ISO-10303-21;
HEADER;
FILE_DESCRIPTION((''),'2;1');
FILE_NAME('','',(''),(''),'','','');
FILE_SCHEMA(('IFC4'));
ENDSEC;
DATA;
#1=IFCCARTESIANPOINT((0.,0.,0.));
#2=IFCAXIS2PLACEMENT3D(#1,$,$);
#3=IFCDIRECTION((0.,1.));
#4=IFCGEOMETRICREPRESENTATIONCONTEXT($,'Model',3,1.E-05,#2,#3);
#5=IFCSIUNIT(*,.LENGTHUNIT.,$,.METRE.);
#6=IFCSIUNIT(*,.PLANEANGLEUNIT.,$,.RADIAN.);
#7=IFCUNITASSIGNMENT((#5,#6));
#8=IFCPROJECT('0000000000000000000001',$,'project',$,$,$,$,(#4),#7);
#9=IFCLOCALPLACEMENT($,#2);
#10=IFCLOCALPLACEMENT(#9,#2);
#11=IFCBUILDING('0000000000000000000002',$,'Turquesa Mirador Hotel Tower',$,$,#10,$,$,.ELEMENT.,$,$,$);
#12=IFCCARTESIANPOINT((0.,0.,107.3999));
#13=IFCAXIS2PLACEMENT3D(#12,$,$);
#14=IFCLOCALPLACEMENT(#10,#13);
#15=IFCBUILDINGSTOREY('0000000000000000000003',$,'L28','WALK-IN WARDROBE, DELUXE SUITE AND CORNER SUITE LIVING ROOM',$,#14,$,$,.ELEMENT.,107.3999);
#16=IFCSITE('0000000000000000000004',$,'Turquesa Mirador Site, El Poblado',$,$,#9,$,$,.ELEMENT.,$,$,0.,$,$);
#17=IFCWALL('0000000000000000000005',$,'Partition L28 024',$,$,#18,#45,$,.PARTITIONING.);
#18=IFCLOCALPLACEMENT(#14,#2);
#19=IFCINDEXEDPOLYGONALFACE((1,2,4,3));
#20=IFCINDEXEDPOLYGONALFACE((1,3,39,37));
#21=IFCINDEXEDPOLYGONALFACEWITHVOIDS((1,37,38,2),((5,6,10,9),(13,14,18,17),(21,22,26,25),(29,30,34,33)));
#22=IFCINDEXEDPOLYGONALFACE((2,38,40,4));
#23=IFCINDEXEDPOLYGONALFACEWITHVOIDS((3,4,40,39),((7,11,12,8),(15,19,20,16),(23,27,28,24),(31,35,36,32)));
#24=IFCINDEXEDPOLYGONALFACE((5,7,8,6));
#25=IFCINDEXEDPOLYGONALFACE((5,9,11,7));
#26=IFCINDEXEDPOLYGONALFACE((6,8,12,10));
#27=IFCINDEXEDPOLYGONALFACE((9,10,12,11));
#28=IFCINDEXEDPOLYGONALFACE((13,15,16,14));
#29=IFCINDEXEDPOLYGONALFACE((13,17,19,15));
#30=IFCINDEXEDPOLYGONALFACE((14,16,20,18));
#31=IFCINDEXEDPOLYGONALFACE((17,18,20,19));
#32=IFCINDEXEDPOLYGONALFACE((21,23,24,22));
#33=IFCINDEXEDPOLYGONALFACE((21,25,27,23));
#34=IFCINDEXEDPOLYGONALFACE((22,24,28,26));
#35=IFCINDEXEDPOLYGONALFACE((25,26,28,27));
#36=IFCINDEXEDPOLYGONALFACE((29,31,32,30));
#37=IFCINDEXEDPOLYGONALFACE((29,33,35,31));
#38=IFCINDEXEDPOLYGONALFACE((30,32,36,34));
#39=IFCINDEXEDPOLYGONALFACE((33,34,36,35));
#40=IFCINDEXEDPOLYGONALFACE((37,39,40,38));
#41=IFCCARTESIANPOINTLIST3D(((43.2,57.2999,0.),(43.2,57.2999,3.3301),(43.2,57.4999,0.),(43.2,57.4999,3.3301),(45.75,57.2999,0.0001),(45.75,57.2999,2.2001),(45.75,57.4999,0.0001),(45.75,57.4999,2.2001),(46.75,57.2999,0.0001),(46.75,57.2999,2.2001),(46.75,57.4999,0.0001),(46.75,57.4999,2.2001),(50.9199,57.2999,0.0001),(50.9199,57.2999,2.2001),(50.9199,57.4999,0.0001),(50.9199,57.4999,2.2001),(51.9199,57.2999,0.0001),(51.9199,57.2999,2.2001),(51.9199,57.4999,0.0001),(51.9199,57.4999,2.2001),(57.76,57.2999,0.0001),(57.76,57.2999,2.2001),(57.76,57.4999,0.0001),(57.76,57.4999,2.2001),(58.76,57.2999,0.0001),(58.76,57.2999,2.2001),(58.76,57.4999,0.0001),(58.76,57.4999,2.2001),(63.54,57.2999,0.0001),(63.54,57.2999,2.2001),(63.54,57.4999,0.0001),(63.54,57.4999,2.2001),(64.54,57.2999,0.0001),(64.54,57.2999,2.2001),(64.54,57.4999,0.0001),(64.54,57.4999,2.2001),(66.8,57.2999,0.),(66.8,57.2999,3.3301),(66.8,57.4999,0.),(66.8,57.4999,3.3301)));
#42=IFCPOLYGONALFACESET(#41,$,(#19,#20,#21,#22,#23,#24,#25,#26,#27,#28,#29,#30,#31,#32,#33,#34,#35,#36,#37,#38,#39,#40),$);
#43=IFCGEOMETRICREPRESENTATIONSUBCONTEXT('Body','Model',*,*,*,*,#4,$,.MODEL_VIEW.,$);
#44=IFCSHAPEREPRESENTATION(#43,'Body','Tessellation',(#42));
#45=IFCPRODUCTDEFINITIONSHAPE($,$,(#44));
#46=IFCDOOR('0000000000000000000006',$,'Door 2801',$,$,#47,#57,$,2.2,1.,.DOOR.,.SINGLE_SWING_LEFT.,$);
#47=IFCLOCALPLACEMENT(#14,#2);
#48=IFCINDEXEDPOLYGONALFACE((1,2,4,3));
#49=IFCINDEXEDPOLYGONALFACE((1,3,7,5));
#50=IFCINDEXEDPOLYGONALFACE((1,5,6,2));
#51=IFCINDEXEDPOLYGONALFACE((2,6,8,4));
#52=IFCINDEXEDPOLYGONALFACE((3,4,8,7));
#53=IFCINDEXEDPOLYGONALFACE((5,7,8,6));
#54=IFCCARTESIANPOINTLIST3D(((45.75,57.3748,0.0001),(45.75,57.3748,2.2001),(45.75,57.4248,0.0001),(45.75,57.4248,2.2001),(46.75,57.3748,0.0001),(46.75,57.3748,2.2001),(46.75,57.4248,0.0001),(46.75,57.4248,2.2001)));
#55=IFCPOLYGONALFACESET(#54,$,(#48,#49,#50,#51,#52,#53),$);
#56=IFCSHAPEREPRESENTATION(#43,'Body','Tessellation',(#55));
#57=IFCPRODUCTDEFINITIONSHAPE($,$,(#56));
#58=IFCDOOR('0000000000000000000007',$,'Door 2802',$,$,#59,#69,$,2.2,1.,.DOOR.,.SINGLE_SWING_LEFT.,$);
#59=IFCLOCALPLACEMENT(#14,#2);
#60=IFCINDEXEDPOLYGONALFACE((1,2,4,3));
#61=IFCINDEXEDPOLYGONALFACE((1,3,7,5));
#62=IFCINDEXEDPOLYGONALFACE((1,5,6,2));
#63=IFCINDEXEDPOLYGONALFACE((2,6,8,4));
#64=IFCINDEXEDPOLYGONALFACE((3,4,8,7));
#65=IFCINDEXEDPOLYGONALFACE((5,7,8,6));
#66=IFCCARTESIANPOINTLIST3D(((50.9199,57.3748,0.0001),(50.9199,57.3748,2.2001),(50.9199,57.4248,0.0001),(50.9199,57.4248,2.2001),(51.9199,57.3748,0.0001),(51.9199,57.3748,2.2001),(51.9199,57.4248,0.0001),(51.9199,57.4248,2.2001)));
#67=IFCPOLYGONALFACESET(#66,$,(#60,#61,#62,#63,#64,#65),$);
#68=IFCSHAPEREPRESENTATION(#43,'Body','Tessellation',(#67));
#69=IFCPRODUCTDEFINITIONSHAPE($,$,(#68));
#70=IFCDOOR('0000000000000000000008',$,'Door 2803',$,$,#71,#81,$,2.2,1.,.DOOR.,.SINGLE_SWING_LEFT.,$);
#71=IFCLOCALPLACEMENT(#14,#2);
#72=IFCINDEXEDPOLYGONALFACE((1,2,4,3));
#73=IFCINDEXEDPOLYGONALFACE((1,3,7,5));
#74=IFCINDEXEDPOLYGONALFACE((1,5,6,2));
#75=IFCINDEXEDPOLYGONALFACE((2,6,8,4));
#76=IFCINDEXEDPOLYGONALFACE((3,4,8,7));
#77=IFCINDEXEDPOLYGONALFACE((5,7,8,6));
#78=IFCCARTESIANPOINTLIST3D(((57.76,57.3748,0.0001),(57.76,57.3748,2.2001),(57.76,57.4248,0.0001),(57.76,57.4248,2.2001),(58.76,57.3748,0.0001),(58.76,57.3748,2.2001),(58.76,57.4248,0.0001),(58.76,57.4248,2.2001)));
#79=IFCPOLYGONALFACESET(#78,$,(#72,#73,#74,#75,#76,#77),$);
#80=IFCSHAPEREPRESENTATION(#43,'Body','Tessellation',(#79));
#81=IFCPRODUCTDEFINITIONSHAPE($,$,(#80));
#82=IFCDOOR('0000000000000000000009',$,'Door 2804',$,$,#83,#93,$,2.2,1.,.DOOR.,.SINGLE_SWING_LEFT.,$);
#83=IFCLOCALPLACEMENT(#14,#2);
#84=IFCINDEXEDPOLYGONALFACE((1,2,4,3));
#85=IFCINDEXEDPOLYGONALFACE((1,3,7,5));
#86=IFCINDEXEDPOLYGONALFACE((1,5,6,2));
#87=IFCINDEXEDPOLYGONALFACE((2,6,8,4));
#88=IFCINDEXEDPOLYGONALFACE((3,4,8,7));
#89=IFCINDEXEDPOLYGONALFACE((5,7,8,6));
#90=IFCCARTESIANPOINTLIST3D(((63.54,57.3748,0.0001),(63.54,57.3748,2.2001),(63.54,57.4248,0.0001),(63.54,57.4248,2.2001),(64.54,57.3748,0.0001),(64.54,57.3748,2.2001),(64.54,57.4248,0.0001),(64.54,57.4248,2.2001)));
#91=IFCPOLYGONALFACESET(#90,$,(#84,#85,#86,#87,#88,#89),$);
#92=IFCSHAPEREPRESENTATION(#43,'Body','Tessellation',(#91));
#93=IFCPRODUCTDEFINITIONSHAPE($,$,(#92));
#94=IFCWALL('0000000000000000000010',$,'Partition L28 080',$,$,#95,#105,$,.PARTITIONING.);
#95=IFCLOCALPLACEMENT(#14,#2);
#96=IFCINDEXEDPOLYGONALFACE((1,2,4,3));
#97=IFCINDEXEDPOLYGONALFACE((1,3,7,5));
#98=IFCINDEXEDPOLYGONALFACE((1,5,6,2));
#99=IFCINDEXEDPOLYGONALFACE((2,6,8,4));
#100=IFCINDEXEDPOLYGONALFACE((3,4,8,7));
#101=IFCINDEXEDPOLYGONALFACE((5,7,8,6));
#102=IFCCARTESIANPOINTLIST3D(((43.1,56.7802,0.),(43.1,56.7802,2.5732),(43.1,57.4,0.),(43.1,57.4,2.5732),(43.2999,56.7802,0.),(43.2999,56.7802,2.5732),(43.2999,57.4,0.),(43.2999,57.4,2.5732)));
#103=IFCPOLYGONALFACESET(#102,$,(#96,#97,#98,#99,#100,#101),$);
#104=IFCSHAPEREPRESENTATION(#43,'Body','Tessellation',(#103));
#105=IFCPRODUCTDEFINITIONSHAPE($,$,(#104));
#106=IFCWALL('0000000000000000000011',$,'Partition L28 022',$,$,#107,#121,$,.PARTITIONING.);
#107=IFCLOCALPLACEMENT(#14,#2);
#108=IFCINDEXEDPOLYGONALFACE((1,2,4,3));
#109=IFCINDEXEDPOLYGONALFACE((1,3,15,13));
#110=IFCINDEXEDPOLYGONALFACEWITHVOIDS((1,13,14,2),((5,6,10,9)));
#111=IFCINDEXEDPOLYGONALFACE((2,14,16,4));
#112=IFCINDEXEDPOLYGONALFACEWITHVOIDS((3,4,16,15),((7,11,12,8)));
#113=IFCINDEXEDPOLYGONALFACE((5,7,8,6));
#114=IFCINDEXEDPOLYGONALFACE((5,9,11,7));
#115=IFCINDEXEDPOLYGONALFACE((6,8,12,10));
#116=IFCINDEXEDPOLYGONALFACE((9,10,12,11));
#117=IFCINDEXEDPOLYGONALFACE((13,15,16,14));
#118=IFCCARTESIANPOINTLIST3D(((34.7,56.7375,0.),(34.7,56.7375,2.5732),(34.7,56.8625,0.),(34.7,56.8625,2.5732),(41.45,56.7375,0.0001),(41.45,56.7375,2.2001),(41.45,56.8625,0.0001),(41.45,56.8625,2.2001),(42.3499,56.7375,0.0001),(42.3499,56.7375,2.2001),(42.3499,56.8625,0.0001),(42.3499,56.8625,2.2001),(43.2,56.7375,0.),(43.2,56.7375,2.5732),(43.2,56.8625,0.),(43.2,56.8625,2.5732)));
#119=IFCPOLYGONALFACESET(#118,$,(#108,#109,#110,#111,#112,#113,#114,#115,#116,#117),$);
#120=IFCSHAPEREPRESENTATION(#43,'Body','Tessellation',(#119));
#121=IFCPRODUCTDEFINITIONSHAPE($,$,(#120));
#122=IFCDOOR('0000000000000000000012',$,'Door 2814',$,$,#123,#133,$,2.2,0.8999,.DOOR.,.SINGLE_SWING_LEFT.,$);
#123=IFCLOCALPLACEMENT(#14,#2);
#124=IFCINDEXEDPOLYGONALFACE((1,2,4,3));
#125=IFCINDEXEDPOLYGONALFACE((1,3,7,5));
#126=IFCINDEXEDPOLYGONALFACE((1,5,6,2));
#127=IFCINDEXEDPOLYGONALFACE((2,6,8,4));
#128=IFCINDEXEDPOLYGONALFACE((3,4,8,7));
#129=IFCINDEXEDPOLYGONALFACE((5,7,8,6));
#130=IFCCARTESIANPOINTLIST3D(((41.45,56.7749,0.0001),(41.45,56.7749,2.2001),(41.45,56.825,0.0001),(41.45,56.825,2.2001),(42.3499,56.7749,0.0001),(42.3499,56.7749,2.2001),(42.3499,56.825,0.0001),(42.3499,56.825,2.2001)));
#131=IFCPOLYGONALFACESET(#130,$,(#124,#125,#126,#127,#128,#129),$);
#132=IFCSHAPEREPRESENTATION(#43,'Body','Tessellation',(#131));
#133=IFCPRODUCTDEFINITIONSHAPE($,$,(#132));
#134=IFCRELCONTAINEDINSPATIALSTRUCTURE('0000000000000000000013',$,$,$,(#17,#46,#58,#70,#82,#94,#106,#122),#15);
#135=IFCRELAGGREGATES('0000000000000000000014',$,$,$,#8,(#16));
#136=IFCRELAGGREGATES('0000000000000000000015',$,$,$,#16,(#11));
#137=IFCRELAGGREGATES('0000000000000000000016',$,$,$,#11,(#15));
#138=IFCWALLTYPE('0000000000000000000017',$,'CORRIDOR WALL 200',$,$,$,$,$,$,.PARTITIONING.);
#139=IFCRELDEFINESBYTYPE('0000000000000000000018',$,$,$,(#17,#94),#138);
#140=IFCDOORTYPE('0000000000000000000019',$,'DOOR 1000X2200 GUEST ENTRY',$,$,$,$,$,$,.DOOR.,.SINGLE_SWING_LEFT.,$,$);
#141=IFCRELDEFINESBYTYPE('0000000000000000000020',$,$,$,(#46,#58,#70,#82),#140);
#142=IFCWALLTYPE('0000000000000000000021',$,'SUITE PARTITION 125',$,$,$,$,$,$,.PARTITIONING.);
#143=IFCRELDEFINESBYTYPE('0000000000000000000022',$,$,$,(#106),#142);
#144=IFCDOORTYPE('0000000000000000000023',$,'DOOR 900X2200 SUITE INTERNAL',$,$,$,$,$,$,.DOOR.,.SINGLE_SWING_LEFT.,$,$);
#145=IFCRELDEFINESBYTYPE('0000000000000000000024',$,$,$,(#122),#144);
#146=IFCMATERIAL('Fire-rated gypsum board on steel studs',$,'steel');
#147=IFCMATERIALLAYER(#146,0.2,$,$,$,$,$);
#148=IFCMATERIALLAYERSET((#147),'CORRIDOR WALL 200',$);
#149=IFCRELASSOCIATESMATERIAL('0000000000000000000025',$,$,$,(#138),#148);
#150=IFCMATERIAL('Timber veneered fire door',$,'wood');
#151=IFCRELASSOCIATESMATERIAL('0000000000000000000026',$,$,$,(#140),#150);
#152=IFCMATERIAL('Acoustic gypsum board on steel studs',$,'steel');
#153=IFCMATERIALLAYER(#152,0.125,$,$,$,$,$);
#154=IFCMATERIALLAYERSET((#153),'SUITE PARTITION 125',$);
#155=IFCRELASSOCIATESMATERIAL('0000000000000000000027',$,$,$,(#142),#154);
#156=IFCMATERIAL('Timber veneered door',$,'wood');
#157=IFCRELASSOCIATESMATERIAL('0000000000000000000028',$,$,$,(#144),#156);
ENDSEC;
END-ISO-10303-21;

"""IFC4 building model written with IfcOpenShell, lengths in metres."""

from ifc_helpers import new_model, si_unit, direction, frame, frame_2d, origin, place, context, subcontext, project, spatial, rectangle, extrude, material, layer, layer_set, type_object, element, fill, save


model = new_model("IFC4")

# Units and contexts
model_context = context("Model", 3, precision=1e-05, world=origin(), true_north=direction((0.0, 1.0)))
body_context = subcontext(model_context, "Body", "Model", "MODEL_VIEW")
ifc_project = project(units=[si_unit("LENGTHUNIT", "METRE"), si_unit("PLANEANGLEUNIT", "RADIAN")], contexts=[model_context])

# Site, building, storey
site_placement = place(None, origin())
site = spatial("IfcSite", under=ifc_project, at=site_placement, Name="Turquesa Mirador Site, El Poblado", CompositionType="ELEMENT", RefElevation=0.0)
building_placement = place(site_placement, origin())
building = spatial("IfcBuilding", under=site, at=building_placement, Name="Turquesa Mirador Hotel Tower", CompositionType="ELEMENT")
storey_placement = place(building_placement, frame((0.0, 0.0, 107.3999)))
storey = spatial("IfcBuildingStorey", under=building, at=storey_placement, Name="L28", Description="WALK-IN WARDROBE, DELUXE SUITE AND CORNER SUITE LIVING ROOM", CompositionType="ELEMENT", Elevation=107.3999)

# Wall, openings, doors
ifc_material_1 = material(Name="Fire-rated gypsum board on steel studs", Category="steel")
ifc_layer_1 = layer(ifc_material_1, 0.2)
ifc_layer_set_1 = layer_set([ifc_layer_1], Name="CORRIDOR WALL 200")
wall_type_1 = type_object("IfcWallType", Name="CORRIDOR WALL 200", PredefinedType="PARTITIONING", material=ifc_layer_set_1)
wall_1_placement = place(storey_placement, frame((43.2, 57.3999, 0.0), z_axis=(0.0, 0.0, 1.0), x_axis=(1.0, 0.0, 0.0)))
wall_1 = element("IfcWall", 1, at=wall_1_placement, inside=storey, type_object=wall_type_1, Name="Partition L28 024", PredefinedType="PARTITIONING", context=body_context, shape_type="SweptSolid", body=[
    extrude(rectangle(XDim=23.6001, YDim=0.2, at=frame_2d((11.8, 0.0))), origin(), (0.0, 0.0, 1.0), 3.3301),
])
opening_1_placement = place(wall_1_placement, frame((2.55, 0.0, 0.0)))
opening_1 = element("IfcOpeningElement", 2, at=opening_1_placement, cuts=wall_1, PredefinedType="OPENING", context=body_context, shape_type="SweptSolid", body=[
    extrude(rectangle(XDim=1.0, YDim=2.2, at=frame_2d((0.5, 1.1001))), frame((0.0, 0.1099, 0.0), z_axis=(0.0, -1.0, 0.0), x_axis=(1.0, 0.0, 0.0)), (0.0, 0.0, 1.0), 0.22),
])
opening_2_placement = place(wall_1_placement, frame((7.72, 0.0, 0.0)))
opening_2 = element("IfcOpeningElement", 3, at=opening_2_placement, cuts=wall_1, PredefinedType="OPENING", context=body_context, shape_type="SweptSolid", body=[
    extrude(rectangle(XDim=1.0, YDim=2.2, at=frame_2d((0.5, 1.1001))), frame((0.0, 0.1099, 0.0), z_axis=(0.0, -1.0, 0.0), x_axis=(1.0, 0.0, 0.0)), (0.0, 0.0, 1.0), 0.22),
])
opening_3_placement = place(wall_1_placement, frame((14.5601, 0.0, 0.0)))
opening_3 = element("IfcOpeningElement", 4, at=opening_3_placement, cuts=wall_1, PredefinedType="OPENING", context=body_context, shape_type="SweptSolid", body=[
    extrude(rectangle(XDim=1.0, YDim=2.2, at=frame_2d((0.5, 1.1001))), frame((0.0, 0.1099, 0.0), z_axis=(0.0, -1.0, 0.0), x_axis=(1.0, 0.0, 0.0)), (0.0, 0.0, 1.0), 0.22),
])
opening_4_placement = place(wall_1_placement, frame((20.3401, 0.0, 0.0)))
opening_4 = element("IfcOpeningElement", 5, at=opening_4_placement, cuts=wall_1, PredefinedType="OPENING", context=body_context, shape_type="SweptSolid", body=[
    extrude(rectangle(XDim=1.0, YDim=2.2, at=frame_2d((0.5, 1.1001))), frame((0.0, 0.1099, 0.0), z_axis=(0.0, -1.0, 0.0), x_axis=(1.0, 0.0, 0.0)), (0.0, 0.0, 1.0), 0.22),
])
ifc_material_2 = material(Name="Timber veneered fire door", Category="wood")
door_type_1 = type_object("IfcDoorType", Name="DOOR 1000X2200 GUEST ENTRY", OperationType="SINGLE_SWING_LEFT", PredefinedType="DOOR", material=ifc_material_2)
door_1_placement = place(opening_1_placement, origin())
door_1 = element("IfcDoor", 6, at=door_1_placement, inside=storey, type_object=door_type_1, Name="Door 2801", OperationType="SINGLE_SWING_LEFT", OverallHeight=2.2, OverallWidth=1.0, PredefinedType="DOOR", context=body_context, shape_type="SweptSolid", body=[
    extrude(rectangle(XDim=1.0, YDim=2.2, at=frame_2d((0.5, 1.1001))), frame((0.0, 0.0249, 0.0), z_axis=(0.0, -1.0, 0.0), x_axis=(1.0, 0.0, 0.0)), (0.0, 0.0, 1.0), 0.05),
])
fill(opening_1, door_1)
door_2_placement = place(opening_2_placement, origin())
door_2 = element("IfcDoor", 7, at=door_2_placement, inside=storey, type_object=door_type_1, Name="Door 2802", OperationType="SINGLE_SWING_LEFT", OverallHeight=2.2, OverallWidth=1.0, PredefinedType="DOOR", context=body_context, shape_type="SweptSolid", body=[
    extrude(rectangle(XDim=1.0, YDim=2.2, at=frame_2d((0.5, 1.1001))), frame((0.0, 0.0249, 0.0), z_axis=(0.0, -1.0, 0.0), x_axis=(1.0, 0.0, 0.0)), (0.0, 0.0, 1.0), 0.05),
])
fill(opening_2, door_2)
door_3_placement = place(opening_3_placement, origin())
door_3 = element("IfcDoor", 8, at=door_3_placement, inside=storey, type_object=door_type_1, Name="Door 2803", OperationType="SINGLE_SWING_LEFT", OverallHeight=2.2, OverallWidth=1.0, PredefinedType="DOOR", context=body_context, shape_type="SweptSolid", body=[
    extrude(rectangle(XDim=1.0, YDim=2.2, at=frame_2d((0.5, 1.1001))), frame((0.0, 0.0249, 0.0), z_axis=(0.0, -1.0, 0.0), x_axis=(1.0, 0.0, 0.0)), (0.0, 0.0, 1.0), 0.05),
])
fill(opening_3, door_3)
door_4_placement = place(opening_4_placement, origin())
door_4 = element("IfcDoor", 9, at=door_4_placement, inside=storey, type_object=door_type_1, Name="Door 2804", OperationType="SINGLE_SWING_LEFT", OverallHeight=2.2, OverallWidth=1.0, PredefinedType="DOOR", context=body_context, shape_type="SweptSolid", body=[
    extrude(rectangle(XDim=1.0, YDim=2.2, at=frame_2d((0.5, 1.1001))), frame((0.0, 0.0249, 0.0), z_axis=(0.0, -1.0, 0.0), x_axis=(1.0, 0.0, 0.0)), (0.0, 0.0, 1.0), 0.05),
])
fill(opening_4, door_4)

# Wall
wall_2_placement = place(storey_placement, frame((43.2, 56.78, 0.0), z_axis=(0.0, 0.0, 1.0), x_axis=(0.0, 1.0, 0.0)))
element("IfcWall", 10, at=wall_2_placement, inside=storey, type_object=wall_type_1, Name="Partition L28 080", PredefinedType="PARTITIONING", context=body_context, shape_type="SweptSolid", body=[
    extrude(rectangle(XDim=0.6199, YDim=0.2, at=frame_2d((0.3101, 0.0))), origin(), (0.0, 0.0, 1.0), 2.5732),
])

# Wall, opening, door
ifc_material_3 = material(Name="Acoustic gypsum board on steel studs", Category="steel")
ifc_layer_2 = layer(ifc_material_3, 0.125)
ifc_layer_set_2 = layer_set([ifc_layer_2], Name="SUITE PARTITION 125")
wall_type_2 = type_object("IfcWallType", Name="SUITE PARTITION 125", PredefinedType="PARTITIONING", material=ifc_layer_set_2)
wall_3_placement = place(storey_placement, frame((34.7, 56.8, 0.0), z_axis=(0.0, 0.0, 1.0), x_axis=(1.0, 0.0, 0.0)))
wall_3 = element("IfcWall", 11, at=wall_3_placement, inside=storey, type_object=wall_type_2, Name="Partition L28 022", PredefinedType="PARTITIONING", context=body_context, shape_type="SweptSolid", body=[
    extrude(rectangle(XDim=8.5, YDim=0.125, at=frame_2d((4.25, 0.0))), origin(), (0.0, 0.0, 1.0), 2.5732),
])
opening_5_placement = place(wall_3_placement, frame((6.75, 0.0, 0.0)))
opening_5 = element("IfcOpeningElement", 12, at=opening_5_placement, cuts=wall_3, PredefinedType="OPENING", context=body_context, shape_type="SweptSolid", body=[
    extrude(rectangle(XDim=0.8999, YDim=2.2, at=frame_2d((0.45, 1.1001))), frame((0.0, 0.0725, 0.0), z_axis=(0.0, -1.0, 0.0), x_axis=(1.0, 0.0, 0.0)), (0.0, 0.0, 1.0), 0.145),
])
ifc_material_4 = material(Name="Timber veneered door", Category="wood")
door_type_2 = type_object("IfcDoorType", Name="DOOR 900X2200 SUITE INTERNAL", OperationType="SINGLE_SWING_LEFT", PredefinedType="DOOR", material=ifc_material_4)
door_5_placement = place(opening_5_placement, origin())
door_5 = element("IfcDoor", 13, at=door_5_placement, inside=storey, type_object=door_type_2, Name="Door 2814", OperationType="SINGLE_SWING_LEFT", OverallHeight=2.2, OverallWidth=0.8999, PredefinedType="DOOR", context=body_context, shape_type="SweptSolid", body=[
    extrude(rectangle(XDim=0.8999, YDim=2.2, at=frame_2d((0.45, 1.1001))), frame((0.0, 0.0249, 0.0), z_axis=(0.0, -1.0, 0.0), x_axis=(1.0, 0.0, 0.0)), (0.0, 0.0, 1.0), 0.05),
])
fill(opening_5, door_5)

save(model, "model.ifc")
